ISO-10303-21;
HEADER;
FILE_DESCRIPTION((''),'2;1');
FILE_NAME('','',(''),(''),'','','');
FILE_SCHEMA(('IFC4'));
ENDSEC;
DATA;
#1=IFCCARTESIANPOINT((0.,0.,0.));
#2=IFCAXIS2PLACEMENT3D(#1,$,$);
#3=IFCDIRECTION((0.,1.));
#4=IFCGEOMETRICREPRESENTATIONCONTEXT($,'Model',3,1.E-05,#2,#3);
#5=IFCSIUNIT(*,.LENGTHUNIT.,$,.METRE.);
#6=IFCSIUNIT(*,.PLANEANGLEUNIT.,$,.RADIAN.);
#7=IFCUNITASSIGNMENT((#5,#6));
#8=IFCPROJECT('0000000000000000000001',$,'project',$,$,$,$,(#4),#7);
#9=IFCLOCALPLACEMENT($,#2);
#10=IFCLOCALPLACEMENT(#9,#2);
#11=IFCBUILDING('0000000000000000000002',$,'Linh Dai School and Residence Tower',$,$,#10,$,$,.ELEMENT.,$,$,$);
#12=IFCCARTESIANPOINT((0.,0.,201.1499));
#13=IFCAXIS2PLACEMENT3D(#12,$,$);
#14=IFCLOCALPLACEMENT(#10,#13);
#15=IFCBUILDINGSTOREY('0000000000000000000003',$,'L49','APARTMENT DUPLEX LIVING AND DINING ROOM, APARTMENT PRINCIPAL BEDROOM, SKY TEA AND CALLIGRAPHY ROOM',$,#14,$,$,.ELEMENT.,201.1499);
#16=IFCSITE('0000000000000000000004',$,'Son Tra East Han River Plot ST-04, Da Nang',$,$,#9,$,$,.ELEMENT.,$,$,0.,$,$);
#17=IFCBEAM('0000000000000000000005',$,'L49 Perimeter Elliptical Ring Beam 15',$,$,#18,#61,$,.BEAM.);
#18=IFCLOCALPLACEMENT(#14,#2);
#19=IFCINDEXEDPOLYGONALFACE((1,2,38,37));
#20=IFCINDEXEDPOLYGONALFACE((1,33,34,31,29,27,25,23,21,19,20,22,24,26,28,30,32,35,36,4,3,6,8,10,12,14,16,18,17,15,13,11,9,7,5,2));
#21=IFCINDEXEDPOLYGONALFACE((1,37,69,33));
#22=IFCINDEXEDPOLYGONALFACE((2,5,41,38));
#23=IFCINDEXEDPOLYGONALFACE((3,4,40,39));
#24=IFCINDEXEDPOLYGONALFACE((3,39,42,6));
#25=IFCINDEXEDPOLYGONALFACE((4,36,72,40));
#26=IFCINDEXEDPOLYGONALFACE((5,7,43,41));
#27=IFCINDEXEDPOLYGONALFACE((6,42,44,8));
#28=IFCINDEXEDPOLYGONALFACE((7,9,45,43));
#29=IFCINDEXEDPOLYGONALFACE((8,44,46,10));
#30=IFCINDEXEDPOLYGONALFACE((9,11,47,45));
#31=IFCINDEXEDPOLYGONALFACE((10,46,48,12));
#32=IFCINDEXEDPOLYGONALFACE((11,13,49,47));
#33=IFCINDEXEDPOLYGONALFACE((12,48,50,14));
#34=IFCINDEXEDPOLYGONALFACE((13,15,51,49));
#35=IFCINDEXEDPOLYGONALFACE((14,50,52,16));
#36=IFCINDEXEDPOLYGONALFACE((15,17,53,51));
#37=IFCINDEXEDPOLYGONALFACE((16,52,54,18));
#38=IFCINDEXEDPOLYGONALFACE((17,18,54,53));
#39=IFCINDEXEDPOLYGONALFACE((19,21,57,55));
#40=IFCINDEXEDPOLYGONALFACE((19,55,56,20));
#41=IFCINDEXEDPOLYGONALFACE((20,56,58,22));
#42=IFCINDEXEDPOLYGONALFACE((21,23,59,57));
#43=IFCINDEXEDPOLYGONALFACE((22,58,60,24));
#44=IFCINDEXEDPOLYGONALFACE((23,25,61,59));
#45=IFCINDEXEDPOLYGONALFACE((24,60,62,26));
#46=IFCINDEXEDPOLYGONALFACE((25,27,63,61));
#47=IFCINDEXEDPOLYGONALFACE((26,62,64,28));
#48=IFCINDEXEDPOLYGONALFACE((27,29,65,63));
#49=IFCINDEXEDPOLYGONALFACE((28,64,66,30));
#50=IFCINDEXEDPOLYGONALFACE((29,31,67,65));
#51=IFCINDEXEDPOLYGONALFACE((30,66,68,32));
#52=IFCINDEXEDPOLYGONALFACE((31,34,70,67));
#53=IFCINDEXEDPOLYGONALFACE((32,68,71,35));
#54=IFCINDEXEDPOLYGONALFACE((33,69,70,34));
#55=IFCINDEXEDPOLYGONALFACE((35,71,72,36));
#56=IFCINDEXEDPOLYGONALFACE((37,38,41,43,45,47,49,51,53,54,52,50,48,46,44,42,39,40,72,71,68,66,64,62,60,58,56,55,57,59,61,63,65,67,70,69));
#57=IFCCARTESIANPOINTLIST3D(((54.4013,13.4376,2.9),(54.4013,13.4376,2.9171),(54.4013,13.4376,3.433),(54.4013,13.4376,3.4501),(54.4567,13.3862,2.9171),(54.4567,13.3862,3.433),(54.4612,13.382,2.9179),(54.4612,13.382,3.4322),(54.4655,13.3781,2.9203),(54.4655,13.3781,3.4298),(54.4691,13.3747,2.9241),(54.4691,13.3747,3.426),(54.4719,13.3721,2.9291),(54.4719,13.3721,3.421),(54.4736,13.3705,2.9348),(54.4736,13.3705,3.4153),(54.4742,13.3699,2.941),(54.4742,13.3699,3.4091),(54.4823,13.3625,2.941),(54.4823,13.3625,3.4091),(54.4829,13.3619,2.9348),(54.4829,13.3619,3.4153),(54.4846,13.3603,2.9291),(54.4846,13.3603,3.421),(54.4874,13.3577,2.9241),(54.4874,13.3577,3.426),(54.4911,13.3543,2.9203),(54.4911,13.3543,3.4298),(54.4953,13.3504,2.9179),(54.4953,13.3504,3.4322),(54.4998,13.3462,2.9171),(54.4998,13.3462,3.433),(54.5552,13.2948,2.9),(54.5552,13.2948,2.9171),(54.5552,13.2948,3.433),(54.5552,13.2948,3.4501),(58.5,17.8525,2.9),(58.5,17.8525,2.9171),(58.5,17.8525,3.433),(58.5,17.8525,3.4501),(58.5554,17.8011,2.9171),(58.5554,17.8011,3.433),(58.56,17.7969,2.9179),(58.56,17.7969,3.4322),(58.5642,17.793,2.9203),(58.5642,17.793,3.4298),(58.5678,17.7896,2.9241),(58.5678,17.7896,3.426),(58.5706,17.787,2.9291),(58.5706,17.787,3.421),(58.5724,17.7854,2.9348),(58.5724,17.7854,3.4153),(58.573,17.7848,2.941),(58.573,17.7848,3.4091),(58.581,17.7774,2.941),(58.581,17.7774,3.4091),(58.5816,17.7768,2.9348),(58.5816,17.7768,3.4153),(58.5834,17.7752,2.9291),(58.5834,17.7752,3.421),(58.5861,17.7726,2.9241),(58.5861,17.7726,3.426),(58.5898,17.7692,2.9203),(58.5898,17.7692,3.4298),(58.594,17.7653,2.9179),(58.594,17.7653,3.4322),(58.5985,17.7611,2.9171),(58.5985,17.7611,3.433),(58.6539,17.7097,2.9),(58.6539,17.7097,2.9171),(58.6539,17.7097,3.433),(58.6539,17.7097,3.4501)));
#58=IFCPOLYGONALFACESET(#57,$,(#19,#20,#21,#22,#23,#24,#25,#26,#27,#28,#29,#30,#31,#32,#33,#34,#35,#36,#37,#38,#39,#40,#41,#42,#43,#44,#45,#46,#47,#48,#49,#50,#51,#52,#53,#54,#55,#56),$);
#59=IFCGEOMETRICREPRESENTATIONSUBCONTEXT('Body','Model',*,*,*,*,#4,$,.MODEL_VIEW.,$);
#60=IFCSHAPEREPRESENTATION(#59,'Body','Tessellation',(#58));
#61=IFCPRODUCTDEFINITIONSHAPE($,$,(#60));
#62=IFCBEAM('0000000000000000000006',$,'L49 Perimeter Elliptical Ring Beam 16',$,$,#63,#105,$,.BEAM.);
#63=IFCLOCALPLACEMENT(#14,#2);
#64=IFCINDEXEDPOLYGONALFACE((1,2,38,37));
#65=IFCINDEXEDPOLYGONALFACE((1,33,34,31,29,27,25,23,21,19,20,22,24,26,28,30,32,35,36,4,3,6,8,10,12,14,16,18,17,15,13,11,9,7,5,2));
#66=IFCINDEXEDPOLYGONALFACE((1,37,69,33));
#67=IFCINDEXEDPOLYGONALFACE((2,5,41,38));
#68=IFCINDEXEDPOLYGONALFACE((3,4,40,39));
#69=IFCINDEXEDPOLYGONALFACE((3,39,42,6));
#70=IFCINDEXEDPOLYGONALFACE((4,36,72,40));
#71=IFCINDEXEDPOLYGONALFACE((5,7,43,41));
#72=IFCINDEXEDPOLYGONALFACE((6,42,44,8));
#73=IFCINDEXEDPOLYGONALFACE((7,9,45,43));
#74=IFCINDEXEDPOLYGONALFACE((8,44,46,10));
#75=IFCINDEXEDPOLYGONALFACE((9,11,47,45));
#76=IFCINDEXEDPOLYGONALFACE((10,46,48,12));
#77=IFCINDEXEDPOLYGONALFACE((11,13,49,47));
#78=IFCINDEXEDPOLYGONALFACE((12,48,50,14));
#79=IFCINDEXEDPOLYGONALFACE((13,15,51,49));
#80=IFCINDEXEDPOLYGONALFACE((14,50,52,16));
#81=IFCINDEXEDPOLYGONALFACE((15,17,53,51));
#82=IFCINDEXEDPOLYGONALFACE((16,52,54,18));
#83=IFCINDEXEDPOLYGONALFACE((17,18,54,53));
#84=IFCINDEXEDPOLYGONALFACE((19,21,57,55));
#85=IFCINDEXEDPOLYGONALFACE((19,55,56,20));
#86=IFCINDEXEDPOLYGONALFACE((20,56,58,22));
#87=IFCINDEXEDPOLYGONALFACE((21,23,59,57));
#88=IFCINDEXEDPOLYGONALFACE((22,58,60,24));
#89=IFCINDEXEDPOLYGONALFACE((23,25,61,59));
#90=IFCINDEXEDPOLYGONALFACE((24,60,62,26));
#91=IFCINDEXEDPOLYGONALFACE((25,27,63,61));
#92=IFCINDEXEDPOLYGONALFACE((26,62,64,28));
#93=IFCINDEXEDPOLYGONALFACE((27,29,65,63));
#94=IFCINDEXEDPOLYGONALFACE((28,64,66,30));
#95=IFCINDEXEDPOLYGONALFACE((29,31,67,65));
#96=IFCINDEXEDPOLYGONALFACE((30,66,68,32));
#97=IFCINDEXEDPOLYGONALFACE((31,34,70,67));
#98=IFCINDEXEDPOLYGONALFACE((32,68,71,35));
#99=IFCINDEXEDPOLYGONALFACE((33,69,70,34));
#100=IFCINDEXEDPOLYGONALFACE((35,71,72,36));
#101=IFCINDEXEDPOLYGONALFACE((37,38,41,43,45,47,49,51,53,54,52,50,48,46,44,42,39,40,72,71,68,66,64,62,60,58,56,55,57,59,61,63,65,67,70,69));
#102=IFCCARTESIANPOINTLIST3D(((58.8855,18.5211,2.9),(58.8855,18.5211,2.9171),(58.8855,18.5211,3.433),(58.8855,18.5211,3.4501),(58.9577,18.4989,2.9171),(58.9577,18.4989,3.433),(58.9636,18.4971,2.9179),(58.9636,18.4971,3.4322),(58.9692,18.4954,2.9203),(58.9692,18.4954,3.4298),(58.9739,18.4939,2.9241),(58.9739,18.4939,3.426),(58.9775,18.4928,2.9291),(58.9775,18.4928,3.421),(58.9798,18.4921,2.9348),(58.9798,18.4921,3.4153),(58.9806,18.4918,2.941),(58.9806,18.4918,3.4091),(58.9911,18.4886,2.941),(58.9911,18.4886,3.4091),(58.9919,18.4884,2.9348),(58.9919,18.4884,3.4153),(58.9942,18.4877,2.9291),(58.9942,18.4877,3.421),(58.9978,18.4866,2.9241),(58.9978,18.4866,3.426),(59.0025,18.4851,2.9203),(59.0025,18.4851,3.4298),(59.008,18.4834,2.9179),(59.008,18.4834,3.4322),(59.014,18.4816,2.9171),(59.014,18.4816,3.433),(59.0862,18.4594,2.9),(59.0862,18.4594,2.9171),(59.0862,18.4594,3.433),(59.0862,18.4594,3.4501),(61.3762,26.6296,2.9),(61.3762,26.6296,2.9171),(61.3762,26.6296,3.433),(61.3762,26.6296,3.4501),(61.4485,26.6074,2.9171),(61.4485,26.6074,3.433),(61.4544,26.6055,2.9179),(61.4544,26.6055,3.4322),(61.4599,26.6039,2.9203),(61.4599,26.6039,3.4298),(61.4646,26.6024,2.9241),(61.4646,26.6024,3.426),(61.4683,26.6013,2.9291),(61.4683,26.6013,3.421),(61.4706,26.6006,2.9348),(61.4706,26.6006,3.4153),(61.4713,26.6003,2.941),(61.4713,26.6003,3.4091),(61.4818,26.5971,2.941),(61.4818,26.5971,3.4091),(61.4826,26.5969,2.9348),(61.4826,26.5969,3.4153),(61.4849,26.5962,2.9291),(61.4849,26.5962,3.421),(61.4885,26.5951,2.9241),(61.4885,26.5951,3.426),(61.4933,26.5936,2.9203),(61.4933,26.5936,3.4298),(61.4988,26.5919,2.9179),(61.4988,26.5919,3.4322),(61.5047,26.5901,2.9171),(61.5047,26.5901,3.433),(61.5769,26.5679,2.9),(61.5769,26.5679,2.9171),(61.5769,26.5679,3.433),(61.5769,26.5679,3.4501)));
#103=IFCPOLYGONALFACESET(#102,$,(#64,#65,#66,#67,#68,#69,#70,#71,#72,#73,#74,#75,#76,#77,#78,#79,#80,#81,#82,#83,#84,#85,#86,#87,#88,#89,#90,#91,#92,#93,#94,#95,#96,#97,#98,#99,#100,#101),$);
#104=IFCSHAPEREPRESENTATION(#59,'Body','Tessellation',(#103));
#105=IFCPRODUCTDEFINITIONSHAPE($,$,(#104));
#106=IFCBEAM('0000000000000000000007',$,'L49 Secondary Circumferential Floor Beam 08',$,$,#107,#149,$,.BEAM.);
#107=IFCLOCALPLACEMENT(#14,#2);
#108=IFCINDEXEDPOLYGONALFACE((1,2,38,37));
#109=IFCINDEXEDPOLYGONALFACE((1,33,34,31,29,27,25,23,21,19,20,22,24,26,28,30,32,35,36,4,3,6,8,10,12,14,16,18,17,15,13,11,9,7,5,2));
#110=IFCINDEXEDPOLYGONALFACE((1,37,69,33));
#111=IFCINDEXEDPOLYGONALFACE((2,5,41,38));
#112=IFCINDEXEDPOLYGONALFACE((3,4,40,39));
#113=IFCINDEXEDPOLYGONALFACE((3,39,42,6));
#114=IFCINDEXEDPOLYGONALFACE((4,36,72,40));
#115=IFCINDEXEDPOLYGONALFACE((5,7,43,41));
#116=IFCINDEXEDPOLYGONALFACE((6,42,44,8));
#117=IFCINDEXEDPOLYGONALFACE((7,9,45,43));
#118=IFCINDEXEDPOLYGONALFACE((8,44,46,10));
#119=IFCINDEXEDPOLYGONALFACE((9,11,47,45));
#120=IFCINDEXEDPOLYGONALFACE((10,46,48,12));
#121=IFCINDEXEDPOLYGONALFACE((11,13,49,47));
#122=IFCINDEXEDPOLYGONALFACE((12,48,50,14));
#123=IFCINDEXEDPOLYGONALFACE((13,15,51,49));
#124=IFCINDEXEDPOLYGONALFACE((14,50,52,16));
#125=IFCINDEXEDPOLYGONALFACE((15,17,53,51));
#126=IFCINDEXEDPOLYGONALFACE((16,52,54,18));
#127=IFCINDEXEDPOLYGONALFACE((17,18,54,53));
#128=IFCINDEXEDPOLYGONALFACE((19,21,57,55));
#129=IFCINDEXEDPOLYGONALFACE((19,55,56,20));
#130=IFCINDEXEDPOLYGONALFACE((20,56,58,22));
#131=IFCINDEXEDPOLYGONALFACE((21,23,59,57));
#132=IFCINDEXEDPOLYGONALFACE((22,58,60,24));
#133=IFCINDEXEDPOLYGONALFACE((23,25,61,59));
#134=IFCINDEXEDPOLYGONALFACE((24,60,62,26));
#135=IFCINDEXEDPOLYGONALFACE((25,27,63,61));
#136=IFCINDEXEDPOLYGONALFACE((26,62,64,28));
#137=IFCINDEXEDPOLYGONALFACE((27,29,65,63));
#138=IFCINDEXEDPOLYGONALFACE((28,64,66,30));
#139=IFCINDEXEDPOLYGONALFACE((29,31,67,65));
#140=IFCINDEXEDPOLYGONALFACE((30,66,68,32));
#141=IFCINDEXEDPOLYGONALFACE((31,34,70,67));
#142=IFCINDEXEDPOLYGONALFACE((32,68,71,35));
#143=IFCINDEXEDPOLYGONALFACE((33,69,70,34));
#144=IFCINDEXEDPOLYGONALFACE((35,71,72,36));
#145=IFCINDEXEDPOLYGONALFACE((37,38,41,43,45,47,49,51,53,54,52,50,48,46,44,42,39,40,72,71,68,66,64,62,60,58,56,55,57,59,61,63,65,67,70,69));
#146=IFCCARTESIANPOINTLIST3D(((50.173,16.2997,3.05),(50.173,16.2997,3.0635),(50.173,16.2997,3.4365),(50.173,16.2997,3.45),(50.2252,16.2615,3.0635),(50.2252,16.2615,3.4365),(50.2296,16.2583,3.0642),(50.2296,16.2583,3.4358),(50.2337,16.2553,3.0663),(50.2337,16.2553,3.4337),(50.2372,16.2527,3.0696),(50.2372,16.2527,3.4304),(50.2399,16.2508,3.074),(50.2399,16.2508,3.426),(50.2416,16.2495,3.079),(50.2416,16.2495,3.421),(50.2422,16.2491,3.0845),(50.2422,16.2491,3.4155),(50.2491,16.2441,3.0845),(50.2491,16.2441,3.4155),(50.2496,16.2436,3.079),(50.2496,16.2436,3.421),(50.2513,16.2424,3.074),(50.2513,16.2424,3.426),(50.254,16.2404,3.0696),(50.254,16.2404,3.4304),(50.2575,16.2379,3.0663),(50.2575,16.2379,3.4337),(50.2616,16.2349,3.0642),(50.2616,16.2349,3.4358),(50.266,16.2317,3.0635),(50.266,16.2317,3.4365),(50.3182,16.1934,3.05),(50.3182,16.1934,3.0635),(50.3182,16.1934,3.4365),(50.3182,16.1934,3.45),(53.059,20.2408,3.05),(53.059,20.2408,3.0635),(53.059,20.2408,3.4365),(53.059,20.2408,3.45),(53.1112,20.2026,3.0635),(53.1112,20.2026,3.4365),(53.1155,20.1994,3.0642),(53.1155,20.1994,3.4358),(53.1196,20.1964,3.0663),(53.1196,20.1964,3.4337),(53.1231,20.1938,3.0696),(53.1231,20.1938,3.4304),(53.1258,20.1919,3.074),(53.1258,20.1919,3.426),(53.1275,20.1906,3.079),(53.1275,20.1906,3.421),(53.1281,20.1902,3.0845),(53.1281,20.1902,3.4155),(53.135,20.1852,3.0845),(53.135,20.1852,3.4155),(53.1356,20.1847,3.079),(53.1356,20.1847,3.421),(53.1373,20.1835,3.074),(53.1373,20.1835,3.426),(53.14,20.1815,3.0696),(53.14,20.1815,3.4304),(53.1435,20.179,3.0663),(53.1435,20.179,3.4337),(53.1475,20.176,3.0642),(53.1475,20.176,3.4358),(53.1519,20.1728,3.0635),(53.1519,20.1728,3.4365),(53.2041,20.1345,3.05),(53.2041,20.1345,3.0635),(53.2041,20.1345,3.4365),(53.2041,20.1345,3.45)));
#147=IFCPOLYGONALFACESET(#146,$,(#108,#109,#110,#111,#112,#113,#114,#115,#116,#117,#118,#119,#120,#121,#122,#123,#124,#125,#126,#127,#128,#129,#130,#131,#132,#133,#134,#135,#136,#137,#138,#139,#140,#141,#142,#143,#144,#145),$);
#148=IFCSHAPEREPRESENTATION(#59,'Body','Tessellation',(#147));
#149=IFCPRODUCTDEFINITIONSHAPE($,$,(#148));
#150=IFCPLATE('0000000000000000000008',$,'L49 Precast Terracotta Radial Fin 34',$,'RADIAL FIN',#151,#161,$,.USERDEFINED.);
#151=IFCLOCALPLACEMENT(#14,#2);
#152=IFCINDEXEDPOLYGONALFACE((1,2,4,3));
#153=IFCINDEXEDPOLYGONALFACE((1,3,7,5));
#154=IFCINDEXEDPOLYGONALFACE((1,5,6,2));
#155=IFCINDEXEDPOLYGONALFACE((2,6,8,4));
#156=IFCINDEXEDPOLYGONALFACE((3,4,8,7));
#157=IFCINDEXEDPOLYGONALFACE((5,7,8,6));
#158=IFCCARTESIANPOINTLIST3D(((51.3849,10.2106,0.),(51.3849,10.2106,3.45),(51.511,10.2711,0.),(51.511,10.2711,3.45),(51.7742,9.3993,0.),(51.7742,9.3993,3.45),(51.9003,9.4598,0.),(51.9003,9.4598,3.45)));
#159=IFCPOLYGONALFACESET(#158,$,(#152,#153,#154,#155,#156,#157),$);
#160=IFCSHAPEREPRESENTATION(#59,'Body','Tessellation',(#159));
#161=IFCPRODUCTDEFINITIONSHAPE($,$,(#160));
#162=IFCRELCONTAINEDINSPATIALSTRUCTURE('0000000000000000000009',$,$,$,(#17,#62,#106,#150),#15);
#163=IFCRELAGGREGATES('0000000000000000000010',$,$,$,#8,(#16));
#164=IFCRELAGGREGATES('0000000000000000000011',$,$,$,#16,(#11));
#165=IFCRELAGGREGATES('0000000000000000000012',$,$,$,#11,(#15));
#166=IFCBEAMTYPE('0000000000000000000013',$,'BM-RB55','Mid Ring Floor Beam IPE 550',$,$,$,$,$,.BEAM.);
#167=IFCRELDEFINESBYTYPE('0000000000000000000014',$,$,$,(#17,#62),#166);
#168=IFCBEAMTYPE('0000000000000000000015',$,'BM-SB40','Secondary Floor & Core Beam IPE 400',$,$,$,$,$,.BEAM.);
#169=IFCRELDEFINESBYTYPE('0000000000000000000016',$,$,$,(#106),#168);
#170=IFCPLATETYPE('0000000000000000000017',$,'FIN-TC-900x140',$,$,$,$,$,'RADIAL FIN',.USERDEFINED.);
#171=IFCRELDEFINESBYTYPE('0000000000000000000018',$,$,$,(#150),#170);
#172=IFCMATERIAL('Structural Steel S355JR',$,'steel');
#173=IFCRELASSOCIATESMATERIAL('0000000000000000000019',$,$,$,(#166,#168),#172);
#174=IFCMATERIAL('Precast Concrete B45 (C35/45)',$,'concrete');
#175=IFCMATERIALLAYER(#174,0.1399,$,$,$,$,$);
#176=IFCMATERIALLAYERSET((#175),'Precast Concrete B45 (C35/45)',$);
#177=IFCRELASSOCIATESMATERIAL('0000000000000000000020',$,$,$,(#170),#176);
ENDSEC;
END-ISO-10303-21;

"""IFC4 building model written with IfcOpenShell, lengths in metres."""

from ifc_helpers import new_model, si_unit, direction, frame, origin, origin_2d, place, context, subcontext, project, spatial, rectangle, i_section, extrude, source, transform, mapped, material, layer, layer_set, material_profile, profile_set, type_object, element, save


model = new_model("IFC4")

# Units and contexts
model_context = context("Model", 3, precision=1e-05, world=origin(), true_north=direction((0.0, 1.0)))
body_context = subcontext(model_context, "Body", "Model", "MODEL_VIEW")
ifc_project = project(units=[si_unit("LENGTHUNIT", "METRE"), si_unit("PLANEANGLEUNIT", "RADIAN")], contexts=[model_context])

# Site, building, storey
site_placement = place(None, origin())
site = spatial("IfcSite", under=ifc_project, at=site_placement, Name="Son Tra East Han River Plot ST-04, Da Nang", CompositionType="ELEMENT", RefElevation=0.0)
building_placement = place(site_placement, origin())
building = spatial("IfcBuilding", under=site, at=building_placement, Name="Linh Dai School and Residence Tower", CompositionType="ELEMENT")
storey_placement = place(building_placement, frame((0.0, 0.0, 201.1499)))
storey = spatial("IfcBuildingStorey", under=building, at=storey_placement, Name="L49", Description="APARTMENT DUPLEX LIVING AND DINING ROOM, APARTMENT PRINCIPAL BEDROOM, SKY TEA AND CALLIGRAPHY ROOM", CompositionType="ELEMENT", Elevation=201.1499)

# Shared definitions
ifc_material_1 = material(Name="Structural Steel S355JR", Category="steel")

# Beams
ifc_material_profile_1 = material_profile(ifc_material_1, i_section(OverallWidth=0.21, OverallDepth=0.55, WebThickness=0.011, FlangeThickness=0.0171, FilletRadius=0.0239, at=origin_2d()), Name="IPE 550")
ifc_profile_set_1 = profile_set([ifc_material_profile_1], Name="Structural Steel S355JR")
beam_type_1 = type_object("IfcBeamType", Name="BM-RB55", Description="Mid Ring Floor Beam IPE 550", PredefinedType="BEAM", material=ifc_profile_set_1)
beam_1_placement = place(storey_placement, frame((54.4783, 13.3662, 3.175), z_axis=(0.680378, 0.732861, 0.0), x_axis=(-0.732861, 0.680378, 0.0)))
element("IfcBeam", 1, at=beam_1_placement, inside=storey, type_object=beam_type_1, Name="L49 Perimeter Elliptical Ring Beam 15", PredefinedType="BEAM", context=body_context, shape_type="SweptSolid", body=[
    extrude(i_section(OverallWidth=0.21, OverallDepth=0.55, WebThickness=0.011, FlangeThickness=0.0171, FilletRadius=0.0239, at=origin_2d()), origin(), (0.0, 0.0, 1.0), 6.0242),
])
beam_2_placement = place(storey_placement, frame((58.9858, 18.4902, 3.175), z_axis=(0.293637, 0.955917, 0.0), x_axis=(-0.955917, 0.293637, 0.0)))
element("IfcBeam", 2, at=beam_2_placement, inside=storey, type_object=beam_type_1, Name="L49 Perimeter Elliptical Ring Beam 16", PredefinedType="BEAM", context=body_context, shape_type="SweptSolid", body=[
    extrude(i_section(OverallWidth=0.21, OverallDepth=0.55, WebThickness=0.011, FlangeThickness=0.0171, FilletRadius=0.0239, at=origin_2d()), origin(), (0.0, 0.0, 1.0), 8.4824),
])
ifc_material_profile_2 = material_profile(ifc_material_1, i_section(OverallWidth=0.1799, OverallDepth=0.3999, WebThickness=0.0085, FlangeThickness=0.0134, FilletRadius=0.021, at=origin_2d()), Name="IPE 400")
ifc_profile_set_2 = profile_set([ifc_material_profile_2], Name="Structural Steel S355JR")
beam_type_2 = type_object("IfcBeamType", Name="BM-SB40", Description="Secondary Floor & Core Beam IPE 400", PredefinedType="BEAM", material=ifc_profile_set_2)
beam_3_placement = place(storey_placement, frame((50.2456, 16.2466, 3.25), z_axis=(0.590805, 0.806815, 0.0), x_axis=(-0.806815, 0.590805, 0.0)))
element("IfcBeam", 3, at=beam_3_placement, inside=storey, type_object=beam_type_2, Name="L49 Secondary Circumferential Floor Beam 08", PredefinedType="BEAM", context=body_context, shape_type="SweptSolid", body=[
    extrude(i_section(OverallWidth=0.1799, OverallDepth=0.3999, WebThickness=0.0085, FlangeThickness=0.0134, FilletRadius=0.021, at=origin_2d()), origin(), (0.0, 0.0, 1.0), 4.8848),
])

# Plate
ifc_material_2 = material(Name="Precast Concrete B45 (C35/45)", Category="concrete")
ifc_layer_1 = layer(ifc_material_2, 0.1399)
ifc_layer_set_1 = layer_set([ifc_layer_1], Name="Precast Concrete B45 (C35/45)")
plate_type = type_object("IfcPlateType", Name="FIN-TC-900x140", ElementType="RADIAL FIN", PredefinedType="USERDEFINED", material=ifc_layer_set_1)
shared_shape_1 = source(origin(), body_context, "Body", "SweptSolid", [
    extrude(rectangle(XDim=0.8999, YDim=0.1399, at=origin_2d()), origin(), (0.0, 0.0, 1.0), 3.45),
])
plate_placement = place(storey_placement, frame((51.6426, 9.8352, 0.0), z_axis=(0.0, 0.0, 1.0), x_axis=(0.432635, -0.901569, 0.0)))
element("IfcPlate", 4, at=plate_placement, inside=storey, type_object=plate_type, Name="L49 Precast Terracotta Radial Fin 34", ObjectType="RADIAL FIN", PredefinedType="USERDEFINED", context=body_context, shape_type="MappedRepresentation", body=[
    mapped(shared_shape_1, transform((0.0, 0.0, 0.0), x_axis=(1.0, 0.0, 0.0), y_axis=(0.0, 1.0, 0.0), z_axis=(0.0, 0.0, 1.0), scale=1.0)),
])

save(model, "model.ifc")
